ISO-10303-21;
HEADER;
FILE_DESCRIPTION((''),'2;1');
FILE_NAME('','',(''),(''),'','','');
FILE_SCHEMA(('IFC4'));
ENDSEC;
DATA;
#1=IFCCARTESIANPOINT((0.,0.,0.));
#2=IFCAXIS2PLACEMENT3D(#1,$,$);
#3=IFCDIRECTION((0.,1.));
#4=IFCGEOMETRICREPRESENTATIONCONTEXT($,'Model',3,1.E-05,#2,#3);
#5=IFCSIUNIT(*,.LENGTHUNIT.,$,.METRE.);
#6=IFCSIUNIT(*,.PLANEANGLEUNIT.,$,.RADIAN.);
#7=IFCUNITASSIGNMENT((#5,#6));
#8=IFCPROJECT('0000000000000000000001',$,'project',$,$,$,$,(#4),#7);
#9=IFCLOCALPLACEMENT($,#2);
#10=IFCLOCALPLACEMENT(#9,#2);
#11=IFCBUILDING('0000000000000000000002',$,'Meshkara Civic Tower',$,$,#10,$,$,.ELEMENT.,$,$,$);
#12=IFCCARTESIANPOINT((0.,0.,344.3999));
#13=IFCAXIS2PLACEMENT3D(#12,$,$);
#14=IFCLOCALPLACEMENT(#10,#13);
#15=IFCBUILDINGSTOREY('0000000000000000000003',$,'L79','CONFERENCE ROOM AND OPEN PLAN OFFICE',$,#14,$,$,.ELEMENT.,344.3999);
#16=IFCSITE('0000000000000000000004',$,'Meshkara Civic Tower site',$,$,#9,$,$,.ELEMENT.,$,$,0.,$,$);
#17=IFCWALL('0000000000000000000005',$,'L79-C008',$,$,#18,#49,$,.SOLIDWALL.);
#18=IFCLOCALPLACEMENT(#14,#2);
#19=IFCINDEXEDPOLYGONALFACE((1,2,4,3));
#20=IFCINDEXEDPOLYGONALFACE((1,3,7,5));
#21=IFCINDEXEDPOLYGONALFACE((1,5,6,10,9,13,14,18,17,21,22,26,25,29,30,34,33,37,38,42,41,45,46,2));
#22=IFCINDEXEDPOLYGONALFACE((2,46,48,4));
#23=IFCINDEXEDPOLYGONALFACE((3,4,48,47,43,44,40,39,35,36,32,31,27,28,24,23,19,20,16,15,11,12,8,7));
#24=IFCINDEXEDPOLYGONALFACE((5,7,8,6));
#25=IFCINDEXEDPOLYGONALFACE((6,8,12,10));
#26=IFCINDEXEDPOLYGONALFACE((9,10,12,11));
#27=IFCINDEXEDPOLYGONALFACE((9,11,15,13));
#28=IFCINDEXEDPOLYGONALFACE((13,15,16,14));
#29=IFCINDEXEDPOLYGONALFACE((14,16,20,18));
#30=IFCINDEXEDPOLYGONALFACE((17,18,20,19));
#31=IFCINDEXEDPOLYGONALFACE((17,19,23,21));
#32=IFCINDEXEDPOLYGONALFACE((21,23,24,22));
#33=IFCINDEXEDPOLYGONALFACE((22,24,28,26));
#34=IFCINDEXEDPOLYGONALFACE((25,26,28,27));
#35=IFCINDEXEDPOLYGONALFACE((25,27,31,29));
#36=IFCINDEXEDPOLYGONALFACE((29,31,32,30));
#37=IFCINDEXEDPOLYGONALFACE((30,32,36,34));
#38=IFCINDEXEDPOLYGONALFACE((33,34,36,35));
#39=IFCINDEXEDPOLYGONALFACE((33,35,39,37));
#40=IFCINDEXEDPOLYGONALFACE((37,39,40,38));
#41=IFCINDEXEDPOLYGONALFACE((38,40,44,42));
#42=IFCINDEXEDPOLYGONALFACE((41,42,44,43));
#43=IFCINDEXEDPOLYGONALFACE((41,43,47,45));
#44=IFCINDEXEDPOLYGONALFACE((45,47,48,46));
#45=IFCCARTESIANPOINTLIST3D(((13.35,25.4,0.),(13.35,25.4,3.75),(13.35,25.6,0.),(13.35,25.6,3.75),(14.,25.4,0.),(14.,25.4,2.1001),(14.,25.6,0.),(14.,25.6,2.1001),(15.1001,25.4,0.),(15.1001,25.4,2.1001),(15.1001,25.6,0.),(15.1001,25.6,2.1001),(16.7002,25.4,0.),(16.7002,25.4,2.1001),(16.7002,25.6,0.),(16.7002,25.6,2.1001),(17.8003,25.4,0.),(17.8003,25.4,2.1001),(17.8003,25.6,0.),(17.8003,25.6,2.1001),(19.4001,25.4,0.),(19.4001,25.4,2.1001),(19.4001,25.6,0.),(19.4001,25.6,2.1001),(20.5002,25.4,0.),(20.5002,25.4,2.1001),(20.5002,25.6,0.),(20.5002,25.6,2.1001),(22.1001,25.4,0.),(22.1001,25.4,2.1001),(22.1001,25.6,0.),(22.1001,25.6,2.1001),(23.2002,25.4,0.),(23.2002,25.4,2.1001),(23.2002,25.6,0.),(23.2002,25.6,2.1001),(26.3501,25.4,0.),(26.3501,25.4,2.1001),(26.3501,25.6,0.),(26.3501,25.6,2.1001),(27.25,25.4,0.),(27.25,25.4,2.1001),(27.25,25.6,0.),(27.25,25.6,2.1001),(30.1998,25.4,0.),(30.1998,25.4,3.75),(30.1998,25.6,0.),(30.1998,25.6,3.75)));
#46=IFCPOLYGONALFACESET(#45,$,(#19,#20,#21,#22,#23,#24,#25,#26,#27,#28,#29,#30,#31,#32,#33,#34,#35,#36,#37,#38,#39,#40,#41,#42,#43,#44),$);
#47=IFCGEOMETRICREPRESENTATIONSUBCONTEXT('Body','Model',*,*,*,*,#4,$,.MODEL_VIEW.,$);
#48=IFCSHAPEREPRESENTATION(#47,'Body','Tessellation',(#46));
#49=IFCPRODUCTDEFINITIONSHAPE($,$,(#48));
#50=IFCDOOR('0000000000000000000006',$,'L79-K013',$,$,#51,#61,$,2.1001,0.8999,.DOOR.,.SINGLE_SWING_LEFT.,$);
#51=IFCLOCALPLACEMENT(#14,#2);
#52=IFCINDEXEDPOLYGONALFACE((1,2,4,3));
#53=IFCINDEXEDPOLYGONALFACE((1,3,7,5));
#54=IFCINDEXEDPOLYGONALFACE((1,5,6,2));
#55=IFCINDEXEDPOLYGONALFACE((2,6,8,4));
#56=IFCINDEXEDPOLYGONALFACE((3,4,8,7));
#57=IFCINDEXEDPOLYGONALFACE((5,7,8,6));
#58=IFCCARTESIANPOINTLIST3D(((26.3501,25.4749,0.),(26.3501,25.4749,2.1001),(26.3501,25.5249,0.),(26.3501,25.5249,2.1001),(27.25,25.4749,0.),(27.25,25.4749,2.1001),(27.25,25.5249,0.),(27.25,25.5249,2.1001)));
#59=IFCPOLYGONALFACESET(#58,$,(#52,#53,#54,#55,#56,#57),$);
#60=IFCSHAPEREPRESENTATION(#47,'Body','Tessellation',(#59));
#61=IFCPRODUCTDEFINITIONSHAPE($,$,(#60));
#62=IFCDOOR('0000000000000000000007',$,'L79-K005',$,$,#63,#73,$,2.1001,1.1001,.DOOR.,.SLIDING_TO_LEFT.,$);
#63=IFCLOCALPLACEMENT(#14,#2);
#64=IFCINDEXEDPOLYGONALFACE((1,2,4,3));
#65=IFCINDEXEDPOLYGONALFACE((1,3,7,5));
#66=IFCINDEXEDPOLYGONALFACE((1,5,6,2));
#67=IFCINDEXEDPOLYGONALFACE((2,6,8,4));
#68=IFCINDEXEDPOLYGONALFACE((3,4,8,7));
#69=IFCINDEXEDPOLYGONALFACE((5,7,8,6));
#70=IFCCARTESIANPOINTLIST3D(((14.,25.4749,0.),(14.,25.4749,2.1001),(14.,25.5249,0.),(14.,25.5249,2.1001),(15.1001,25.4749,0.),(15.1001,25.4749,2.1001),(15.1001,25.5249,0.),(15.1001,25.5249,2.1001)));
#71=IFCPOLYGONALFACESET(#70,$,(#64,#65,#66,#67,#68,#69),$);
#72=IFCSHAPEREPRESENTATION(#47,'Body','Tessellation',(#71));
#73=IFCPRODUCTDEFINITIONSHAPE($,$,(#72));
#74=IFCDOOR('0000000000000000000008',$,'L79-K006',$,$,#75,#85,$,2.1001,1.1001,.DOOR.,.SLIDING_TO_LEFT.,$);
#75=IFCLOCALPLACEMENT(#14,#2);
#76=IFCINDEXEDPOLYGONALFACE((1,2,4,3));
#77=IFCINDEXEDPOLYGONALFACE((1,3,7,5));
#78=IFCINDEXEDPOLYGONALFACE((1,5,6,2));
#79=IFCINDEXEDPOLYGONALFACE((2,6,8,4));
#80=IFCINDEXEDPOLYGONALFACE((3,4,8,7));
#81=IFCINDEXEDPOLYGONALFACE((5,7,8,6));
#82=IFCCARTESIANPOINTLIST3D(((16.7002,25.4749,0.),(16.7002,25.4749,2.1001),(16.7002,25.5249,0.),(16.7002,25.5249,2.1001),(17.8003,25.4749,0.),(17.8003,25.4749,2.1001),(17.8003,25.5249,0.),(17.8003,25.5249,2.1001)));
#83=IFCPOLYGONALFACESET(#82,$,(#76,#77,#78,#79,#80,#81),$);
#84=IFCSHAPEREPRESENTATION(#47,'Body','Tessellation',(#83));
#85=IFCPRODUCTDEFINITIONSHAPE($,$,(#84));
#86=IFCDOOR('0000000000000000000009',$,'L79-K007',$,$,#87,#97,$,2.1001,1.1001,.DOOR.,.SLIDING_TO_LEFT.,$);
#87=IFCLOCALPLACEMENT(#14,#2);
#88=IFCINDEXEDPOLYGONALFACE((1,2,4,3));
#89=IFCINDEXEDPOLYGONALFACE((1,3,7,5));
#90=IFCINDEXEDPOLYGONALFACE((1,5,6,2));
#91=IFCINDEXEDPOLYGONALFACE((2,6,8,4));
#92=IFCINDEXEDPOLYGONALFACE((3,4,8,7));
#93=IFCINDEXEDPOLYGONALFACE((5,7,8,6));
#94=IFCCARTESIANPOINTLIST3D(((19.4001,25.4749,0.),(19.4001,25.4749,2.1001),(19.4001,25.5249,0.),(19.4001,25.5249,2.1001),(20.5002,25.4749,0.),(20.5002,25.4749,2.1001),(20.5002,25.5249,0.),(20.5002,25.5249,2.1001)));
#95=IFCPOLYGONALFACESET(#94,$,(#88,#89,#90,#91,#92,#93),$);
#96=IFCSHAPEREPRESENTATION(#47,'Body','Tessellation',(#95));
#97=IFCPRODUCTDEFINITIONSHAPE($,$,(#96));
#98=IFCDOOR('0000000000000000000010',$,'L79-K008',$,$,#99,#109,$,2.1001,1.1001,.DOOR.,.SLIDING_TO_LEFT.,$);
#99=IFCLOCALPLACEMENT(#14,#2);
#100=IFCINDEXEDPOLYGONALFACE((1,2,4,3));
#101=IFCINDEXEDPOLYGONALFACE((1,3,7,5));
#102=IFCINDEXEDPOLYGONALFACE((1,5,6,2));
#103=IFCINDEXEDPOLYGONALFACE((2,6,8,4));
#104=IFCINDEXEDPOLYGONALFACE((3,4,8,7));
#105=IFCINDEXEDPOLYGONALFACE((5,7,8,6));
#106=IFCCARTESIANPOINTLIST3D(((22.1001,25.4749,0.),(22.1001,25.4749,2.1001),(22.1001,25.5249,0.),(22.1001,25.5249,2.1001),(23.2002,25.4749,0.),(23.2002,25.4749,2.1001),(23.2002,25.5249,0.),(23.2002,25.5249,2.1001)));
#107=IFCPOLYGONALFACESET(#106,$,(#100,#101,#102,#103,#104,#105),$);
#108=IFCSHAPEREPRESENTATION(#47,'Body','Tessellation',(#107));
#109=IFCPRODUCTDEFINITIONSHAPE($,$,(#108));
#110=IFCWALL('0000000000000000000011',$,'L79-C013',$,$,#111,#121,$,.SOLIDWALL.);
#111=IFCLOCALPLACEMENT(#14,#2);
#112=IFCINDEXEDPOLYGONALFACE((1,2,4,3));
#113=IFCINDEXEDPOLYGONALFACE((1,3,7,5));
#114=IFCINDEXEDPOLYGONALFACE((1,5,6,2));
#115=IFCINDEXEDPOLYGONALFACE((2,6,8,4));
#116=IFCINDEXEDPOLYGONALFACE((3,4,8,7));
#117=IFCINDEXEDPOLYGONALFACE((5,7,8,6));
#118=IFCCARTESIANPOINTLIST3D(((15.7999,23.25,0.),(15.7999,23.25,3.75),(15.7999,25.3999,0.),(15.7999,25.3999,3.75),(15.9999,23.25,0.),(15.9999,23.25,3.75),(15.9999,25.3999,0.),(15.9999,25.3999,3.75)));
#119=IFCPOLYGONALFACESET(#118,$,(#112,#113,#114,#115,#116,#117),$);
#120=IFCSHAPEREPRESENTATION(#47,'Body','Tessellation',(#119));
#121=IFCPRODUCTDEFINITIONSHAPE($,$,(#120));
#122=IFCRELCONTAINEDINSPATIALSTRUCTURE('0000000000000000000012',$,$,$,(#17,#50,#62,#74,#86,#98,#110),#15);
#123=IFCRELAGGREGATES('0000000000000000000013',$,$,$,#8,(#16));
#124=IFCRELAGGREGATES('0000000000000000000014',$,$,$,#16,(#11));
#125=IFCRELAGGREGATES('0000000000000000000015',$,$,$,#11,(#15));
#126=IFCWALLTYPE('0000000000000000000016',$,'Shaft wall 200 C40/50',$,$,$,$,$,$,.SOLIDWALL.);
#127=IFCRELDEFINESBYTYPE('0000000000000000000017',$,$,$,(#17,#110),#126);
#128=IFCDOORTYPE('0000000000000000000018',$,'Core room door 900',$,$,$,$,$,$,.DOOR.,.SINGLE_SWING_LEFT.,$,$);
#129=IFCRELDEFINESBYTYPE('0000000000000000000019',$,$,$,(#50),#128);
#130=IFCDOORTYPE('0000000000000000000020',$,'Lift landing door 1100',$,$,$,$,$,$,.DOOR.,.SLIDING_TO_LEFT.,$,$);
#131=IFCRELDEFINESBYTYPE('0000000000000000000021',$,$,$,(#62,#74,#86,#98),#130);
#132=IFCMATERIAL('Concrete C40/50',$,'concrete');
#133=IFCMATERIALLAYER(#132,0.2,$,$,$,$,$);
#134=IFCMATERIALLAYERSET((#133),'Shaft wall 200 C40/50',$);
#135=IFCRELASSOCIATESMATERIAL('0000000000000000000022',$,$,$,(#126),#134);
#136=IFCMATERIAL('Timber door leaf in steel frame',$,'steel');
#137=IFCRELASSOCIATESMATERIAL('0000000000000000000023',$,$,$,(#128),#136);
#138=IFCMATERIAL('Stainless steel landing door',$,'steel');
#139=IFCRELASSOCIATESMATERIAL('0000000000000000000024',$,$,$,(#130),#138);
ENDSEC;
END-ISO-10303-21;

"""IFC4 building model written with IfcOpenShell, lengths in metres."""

from ifc_helpers import new_model, si_unit, direction, frame, frame_2d, origin, place, context, subcontext, project, spatial, rectangle, extrude, material, layer, layer_set, type_object, element, fill, save


model = new_model("IFC4")

# Units and contexts
model_context = context("Model", 3, precision=1e-05, world=origin(), true_north=direction((0.0, 1.0)))
body_context = subcontext(model_context, "Body", "Model", "MODEL_VIEW")
ifc_project = project(units=[si_unit("LENGTHUNIT", "METRE"), si_unit("PLANEANGLEUNIT", "RADIAN")], contexts=[model_context])

# Site, building, storey
site_placement = place(None, origin())
site = spatial("IfcSite", under=ifc_project, at=site_placement, Name="Meshkara Civic Tower site", CompositionType="ELEMENT", RefElevation=0.0)
building_placement = place(site_placement, origin())
building = spatial("IfcBuilding", under=site, at=building_placement, Name="Meshkara Civic Tower", CompositionType="ELEMENT")
storey_placement = place(building_placement, frame((0.0, 0.0, 344.3999)))
storey = spatial("IfcBuildingStorey", under=building, at=storey_placement, Name="L79", Description="CONFERENCE ROOM AND OPEN PLAN OFFICE", CompositionType="ELEMENT", Elevation=344.3999)

# Wall, openings, doors
ifc_material_1 = material(Name="Concrete C40/50", Category="concrete")
ifc_layer_1 = layer(ifc_material_1, 0.2)
ifc_layer_set_1 = layer_set([ifc_layer_1], Name="Shaft wall 200 C40/50")
wall_type_1 = type_object("IfcWallType", Name="Shaft wall 200 C40/50", PredefinedType="SOLIDWALL", material=ifc_layer_set_1)
wall_1_placement = place(storey_placement, frame((13.3501, 25.5, 0.0), z_axis=(0.0, 0.0, 1.0), x_axis=(1.0, 0.0, 0.0)))
wall_1 = element("IfcWall", 1, at=wall_1_placement, inside=storey, type_object=wall_type_1, Name="L79-C008", PredefinedType="SOLIDWALL", context=body_context, shape_type="SweptSolid", body=[
    extrude(rectangle(XDim=16.8499, YDim=0.2, at=frame_2d((8.4248, 0.0))), origin(), (0.0, 0.0, 1.0), 3.75),
])
opening_1_placement = place(wall_1_placement, frame((0.6499, 0.0, 0.0)))
opening_1 = element("IfcOpeningElement", 2, at=opening_1_placement, cuts=wall_1, PredefinedType="OPENING", context=body_context, shape_type="SweptSolid", body=[
    extrude(rectangle(XDim=1.1001, YDim=2.1001, at=frame_2d((0.55, 1.05))), frame((0.0, 0.1099, 0.0), z_axis=(0.0, -1.0, 0.0), x_axis=(1.0, 0.0, 0.0)), (0.0, 0.0, 1.0), 0.22),
])
opening_2_placement = place(wall_1_placement, frame((3.3501, 0.0, 0.0)))
opening_2 = element("IfcOpeningElement", 3, at=opening_2_placement, cuts=wall_1, PredefinedType="OPENING", context=body_context, shape_type="SweptSolid", body=[
    extrude(rectangle(XDim=1.1001, YDim=2.1001, at=frame_2d((0.55, 1.05))), frame((0.0, 0.1099, 0.0), z_axis=(0.0, -1.0, 0.0), x_axis=(1.0, 0.0, 0.0)), (0.0, 0.0, 1.0), 0.22),
])
opening_3_placement = place(wall_1_placement, frame((6.05, 0.0, 0.0)))
opening_3 = element("IfcOpeningElement", 4, at=opening_3_placement, cuts=wall_1, PredefinedType="OPENING", context=body_context, shape_type="SweptSolid", body=[
    extrude(rectangle(XDim=1.1001, YDim=2.1001, at=frame_2d((0.55, 1.05))), frame((0.0, 0.1099, 0.0), z_axis=(0.0, -1.0, 0.0), x_axis=(1.0, 0.0, 0.0)), (0.0, 0.0, 1.0), 0.22),
])
opening_4_placement = place(wall_1_placement, frame((8.75, 0.0, 0.0)))
opening_4 = element("IfcOpeningElement", 5, at=opening_4_placement, cuts=wall_1, PredefinedType="OPENING", context=body_context, shape_type="SweptSolid", body=[
    extrude(rectangle(XDim=1.1001, YDim=2.1001, at=frame_2d((0.55, 1.05))), frame((0.0, 0.1099, 0.0), z_axis=(0.0, -1.0, 0.0), x_axis=(1.0, 0.0, 0.0)), (0.0, 0.0, 1.0), 0.22),
])
opening_5_placement = place(wall_1_placement, frame((13.0, 0.0, 0.0)))
opening_5 = element("IfcOpeningElement", 6, at=opening_5_placement, cuts=wall_1, PredefinedType="OPENING", context=body_context, shape_type="SweptSolid", body=[
    extrude(rectangle(XDim=0.8999, YDim=2.1001, at=frame_2d((0.45, 1.05))), frame((0.0, 0.1099, 0.0), z_axis=(0.0, -1.0, 0.0), x_axis=(1.0, 0.0, 0.0)), (0.0, 0.0, 1.0), 0.22),
])
ifc_material_2 = material(Name="Timber door leaf in steel frame", Category="steel")
door_type_1 = type_object("IfcDoorType", Name="Core room door 900", OperationType="SINGLE_SWING_LEFT", PredefinedType="DOOR", material=ifc_material_2)
door_1_placement = place(opening_5_placement, origin())
door_1 = element("IfcDoor", 7, at=door_1_placement, inside=storey, type_object=door_type_1, Name="L79-K013", OperationType="SINGLE_SWING_LEFT", OverallHeight=2.1001, OverallWidth=0.8999, PredefinedType="DOOR", context=body_context, shape_type="SweptSolid", body=[
    extrude(rectangle(XDim=0.8999, YDim=2.1001, at=frame_2d((0.45, 1.05))), frame((0.0, 0.0249, 0.0), z_axis=(0.0, -1.0, 0.0), x_axis=(1.0, 0.0, 0.0)), (0.0, 0.0, 1.0), 0.05),
])
fill(opening_5, door_1)
ifc_material_3 = material(Name="Stainless steel landing door", Category="steel")
door_type_2 = type_object("IfcDoorType", Name="Lift landing door 1100", OperationType="SLIDING_TO_LEFT", PredefinedType="DOOR", material=ifc_material_3)
door_2_placement = place(opening_1_placement, origin())
door_2 = element("IfcDoor", 8, at=door_2_placement, inside=storey, type_object=door_type_2, Name="L79-K005", OperationType="SLIDING_TO_LEFT", OverallHeight=2.1001, OverallWidth=1.1001, PredefinedType="DOOR", context=body_context, shape_type="SweptSolid", body=[
    extrude(rectangle(XDim=1.1001, YDim=2.1001, at=frame_2d((0.55, 1.05))), frame((0.0, 0.0249, 0.0), z_axis=(0.0, -1.0, 0.0), x_axis=(1.0, 0.0, 0.0)), (0.0, 0.0, 1.0), 0.05),
])
fill(opening_1, door_2)
door_3_placement = place(opening_2_placement, origin())
door_3 = element("IfcDoor", 9, at=door_3_placement, inside=storey, type_object=door_type_2, Name="L79-K006", OperationType="SLIDING_TO_LEFT", OverallHeight=2.1001, OverallWidth=1.1001, PredefinedType="DOOR", context=body_context, shape_type="SweptSolid", body=[
    extrude(rectangle(XDim=1.1001, YDim=2.1001, at=frame_2d((0.55, 1.05))), frame((0.0, 0.0249, 0.0), z_axis=(0.0, -1.0, 0.0), x_axis=(1.0, 0.0, 0.0)), (0.0, 0.0, 1.0), 0.05),
])
fill(opening_2, door_3)
door_4_placement = place(opening_3_placement, origin())
door_4 = element("IfcDoor", 10, at=door_4_placement, inside=storey, type_object=door_type_2, Name="L79-K007", OperationType="SLIDING_TO_LEFT", OverallHeight=2.1001, OverallWidth=1.1001, PredefinedType="DOOR", context=body_context, shape_type="SweptSolid", body=[
    extrude(rectangle(XDim=1.1001, YDim=2.1001, at=frame_2d((0.55, 1.05))), frame((0.0, 0.0249, 0.0), z_axis=(0.0, -1.0, 0.0), x_axis=(1.0, 0.0, 0.0)), (0.0, 0.0, 1.0), 0.05),
])
fill(opening_3, door_4)
door_5_placement = place(opening_4_placement, origin())
door_5 = element("IfcDoor", 11, at=door_5_placement, inside=storey, type_object=door_type_2, Name="L79-K008", OperationType="SLIDING_TO_LEFT", OverallHeight=2.1001, OverallWidth=1.1001, PredefinedType="DOOR", context=body_context, shape_type="SweptSolid", body=[
    extrude(rectangle(XDim=1.1001, YDim=2.1001, at=frame_2d((0.55, 1.05))), frame((0.0, 0.0249, 0.0), z_axis=(0.0, -1.0, 0.0), x_axis=(1.0, 0.0, 0.0)), (0.0, 0.0, 1.0), 0.05),
])
fill(opening_4, door_5)

# Wall
wall_2_placement = place(storey_placement, frame((15.8999, 23.25, 0.0), z_axis=(0.0, 0.0, 1.0), x_axis=(0.0, 1.0, 0.0)))
element("IfcWall", 12, at=wall_2_placement, inside=storey, type_object=wall_type_1, Name="L79-C013", PredefinedType="SOLIDWALL", context=body_context, shape_type="SweptSolid", body=[
    extrude(rectangle(XDim=2.1499, YDim=0.2, at=frame_2d((1.075, 0.0))), origin(), (0.0, 0.0, 1.0), 3.75),
])

save(model, "model.ifc")
